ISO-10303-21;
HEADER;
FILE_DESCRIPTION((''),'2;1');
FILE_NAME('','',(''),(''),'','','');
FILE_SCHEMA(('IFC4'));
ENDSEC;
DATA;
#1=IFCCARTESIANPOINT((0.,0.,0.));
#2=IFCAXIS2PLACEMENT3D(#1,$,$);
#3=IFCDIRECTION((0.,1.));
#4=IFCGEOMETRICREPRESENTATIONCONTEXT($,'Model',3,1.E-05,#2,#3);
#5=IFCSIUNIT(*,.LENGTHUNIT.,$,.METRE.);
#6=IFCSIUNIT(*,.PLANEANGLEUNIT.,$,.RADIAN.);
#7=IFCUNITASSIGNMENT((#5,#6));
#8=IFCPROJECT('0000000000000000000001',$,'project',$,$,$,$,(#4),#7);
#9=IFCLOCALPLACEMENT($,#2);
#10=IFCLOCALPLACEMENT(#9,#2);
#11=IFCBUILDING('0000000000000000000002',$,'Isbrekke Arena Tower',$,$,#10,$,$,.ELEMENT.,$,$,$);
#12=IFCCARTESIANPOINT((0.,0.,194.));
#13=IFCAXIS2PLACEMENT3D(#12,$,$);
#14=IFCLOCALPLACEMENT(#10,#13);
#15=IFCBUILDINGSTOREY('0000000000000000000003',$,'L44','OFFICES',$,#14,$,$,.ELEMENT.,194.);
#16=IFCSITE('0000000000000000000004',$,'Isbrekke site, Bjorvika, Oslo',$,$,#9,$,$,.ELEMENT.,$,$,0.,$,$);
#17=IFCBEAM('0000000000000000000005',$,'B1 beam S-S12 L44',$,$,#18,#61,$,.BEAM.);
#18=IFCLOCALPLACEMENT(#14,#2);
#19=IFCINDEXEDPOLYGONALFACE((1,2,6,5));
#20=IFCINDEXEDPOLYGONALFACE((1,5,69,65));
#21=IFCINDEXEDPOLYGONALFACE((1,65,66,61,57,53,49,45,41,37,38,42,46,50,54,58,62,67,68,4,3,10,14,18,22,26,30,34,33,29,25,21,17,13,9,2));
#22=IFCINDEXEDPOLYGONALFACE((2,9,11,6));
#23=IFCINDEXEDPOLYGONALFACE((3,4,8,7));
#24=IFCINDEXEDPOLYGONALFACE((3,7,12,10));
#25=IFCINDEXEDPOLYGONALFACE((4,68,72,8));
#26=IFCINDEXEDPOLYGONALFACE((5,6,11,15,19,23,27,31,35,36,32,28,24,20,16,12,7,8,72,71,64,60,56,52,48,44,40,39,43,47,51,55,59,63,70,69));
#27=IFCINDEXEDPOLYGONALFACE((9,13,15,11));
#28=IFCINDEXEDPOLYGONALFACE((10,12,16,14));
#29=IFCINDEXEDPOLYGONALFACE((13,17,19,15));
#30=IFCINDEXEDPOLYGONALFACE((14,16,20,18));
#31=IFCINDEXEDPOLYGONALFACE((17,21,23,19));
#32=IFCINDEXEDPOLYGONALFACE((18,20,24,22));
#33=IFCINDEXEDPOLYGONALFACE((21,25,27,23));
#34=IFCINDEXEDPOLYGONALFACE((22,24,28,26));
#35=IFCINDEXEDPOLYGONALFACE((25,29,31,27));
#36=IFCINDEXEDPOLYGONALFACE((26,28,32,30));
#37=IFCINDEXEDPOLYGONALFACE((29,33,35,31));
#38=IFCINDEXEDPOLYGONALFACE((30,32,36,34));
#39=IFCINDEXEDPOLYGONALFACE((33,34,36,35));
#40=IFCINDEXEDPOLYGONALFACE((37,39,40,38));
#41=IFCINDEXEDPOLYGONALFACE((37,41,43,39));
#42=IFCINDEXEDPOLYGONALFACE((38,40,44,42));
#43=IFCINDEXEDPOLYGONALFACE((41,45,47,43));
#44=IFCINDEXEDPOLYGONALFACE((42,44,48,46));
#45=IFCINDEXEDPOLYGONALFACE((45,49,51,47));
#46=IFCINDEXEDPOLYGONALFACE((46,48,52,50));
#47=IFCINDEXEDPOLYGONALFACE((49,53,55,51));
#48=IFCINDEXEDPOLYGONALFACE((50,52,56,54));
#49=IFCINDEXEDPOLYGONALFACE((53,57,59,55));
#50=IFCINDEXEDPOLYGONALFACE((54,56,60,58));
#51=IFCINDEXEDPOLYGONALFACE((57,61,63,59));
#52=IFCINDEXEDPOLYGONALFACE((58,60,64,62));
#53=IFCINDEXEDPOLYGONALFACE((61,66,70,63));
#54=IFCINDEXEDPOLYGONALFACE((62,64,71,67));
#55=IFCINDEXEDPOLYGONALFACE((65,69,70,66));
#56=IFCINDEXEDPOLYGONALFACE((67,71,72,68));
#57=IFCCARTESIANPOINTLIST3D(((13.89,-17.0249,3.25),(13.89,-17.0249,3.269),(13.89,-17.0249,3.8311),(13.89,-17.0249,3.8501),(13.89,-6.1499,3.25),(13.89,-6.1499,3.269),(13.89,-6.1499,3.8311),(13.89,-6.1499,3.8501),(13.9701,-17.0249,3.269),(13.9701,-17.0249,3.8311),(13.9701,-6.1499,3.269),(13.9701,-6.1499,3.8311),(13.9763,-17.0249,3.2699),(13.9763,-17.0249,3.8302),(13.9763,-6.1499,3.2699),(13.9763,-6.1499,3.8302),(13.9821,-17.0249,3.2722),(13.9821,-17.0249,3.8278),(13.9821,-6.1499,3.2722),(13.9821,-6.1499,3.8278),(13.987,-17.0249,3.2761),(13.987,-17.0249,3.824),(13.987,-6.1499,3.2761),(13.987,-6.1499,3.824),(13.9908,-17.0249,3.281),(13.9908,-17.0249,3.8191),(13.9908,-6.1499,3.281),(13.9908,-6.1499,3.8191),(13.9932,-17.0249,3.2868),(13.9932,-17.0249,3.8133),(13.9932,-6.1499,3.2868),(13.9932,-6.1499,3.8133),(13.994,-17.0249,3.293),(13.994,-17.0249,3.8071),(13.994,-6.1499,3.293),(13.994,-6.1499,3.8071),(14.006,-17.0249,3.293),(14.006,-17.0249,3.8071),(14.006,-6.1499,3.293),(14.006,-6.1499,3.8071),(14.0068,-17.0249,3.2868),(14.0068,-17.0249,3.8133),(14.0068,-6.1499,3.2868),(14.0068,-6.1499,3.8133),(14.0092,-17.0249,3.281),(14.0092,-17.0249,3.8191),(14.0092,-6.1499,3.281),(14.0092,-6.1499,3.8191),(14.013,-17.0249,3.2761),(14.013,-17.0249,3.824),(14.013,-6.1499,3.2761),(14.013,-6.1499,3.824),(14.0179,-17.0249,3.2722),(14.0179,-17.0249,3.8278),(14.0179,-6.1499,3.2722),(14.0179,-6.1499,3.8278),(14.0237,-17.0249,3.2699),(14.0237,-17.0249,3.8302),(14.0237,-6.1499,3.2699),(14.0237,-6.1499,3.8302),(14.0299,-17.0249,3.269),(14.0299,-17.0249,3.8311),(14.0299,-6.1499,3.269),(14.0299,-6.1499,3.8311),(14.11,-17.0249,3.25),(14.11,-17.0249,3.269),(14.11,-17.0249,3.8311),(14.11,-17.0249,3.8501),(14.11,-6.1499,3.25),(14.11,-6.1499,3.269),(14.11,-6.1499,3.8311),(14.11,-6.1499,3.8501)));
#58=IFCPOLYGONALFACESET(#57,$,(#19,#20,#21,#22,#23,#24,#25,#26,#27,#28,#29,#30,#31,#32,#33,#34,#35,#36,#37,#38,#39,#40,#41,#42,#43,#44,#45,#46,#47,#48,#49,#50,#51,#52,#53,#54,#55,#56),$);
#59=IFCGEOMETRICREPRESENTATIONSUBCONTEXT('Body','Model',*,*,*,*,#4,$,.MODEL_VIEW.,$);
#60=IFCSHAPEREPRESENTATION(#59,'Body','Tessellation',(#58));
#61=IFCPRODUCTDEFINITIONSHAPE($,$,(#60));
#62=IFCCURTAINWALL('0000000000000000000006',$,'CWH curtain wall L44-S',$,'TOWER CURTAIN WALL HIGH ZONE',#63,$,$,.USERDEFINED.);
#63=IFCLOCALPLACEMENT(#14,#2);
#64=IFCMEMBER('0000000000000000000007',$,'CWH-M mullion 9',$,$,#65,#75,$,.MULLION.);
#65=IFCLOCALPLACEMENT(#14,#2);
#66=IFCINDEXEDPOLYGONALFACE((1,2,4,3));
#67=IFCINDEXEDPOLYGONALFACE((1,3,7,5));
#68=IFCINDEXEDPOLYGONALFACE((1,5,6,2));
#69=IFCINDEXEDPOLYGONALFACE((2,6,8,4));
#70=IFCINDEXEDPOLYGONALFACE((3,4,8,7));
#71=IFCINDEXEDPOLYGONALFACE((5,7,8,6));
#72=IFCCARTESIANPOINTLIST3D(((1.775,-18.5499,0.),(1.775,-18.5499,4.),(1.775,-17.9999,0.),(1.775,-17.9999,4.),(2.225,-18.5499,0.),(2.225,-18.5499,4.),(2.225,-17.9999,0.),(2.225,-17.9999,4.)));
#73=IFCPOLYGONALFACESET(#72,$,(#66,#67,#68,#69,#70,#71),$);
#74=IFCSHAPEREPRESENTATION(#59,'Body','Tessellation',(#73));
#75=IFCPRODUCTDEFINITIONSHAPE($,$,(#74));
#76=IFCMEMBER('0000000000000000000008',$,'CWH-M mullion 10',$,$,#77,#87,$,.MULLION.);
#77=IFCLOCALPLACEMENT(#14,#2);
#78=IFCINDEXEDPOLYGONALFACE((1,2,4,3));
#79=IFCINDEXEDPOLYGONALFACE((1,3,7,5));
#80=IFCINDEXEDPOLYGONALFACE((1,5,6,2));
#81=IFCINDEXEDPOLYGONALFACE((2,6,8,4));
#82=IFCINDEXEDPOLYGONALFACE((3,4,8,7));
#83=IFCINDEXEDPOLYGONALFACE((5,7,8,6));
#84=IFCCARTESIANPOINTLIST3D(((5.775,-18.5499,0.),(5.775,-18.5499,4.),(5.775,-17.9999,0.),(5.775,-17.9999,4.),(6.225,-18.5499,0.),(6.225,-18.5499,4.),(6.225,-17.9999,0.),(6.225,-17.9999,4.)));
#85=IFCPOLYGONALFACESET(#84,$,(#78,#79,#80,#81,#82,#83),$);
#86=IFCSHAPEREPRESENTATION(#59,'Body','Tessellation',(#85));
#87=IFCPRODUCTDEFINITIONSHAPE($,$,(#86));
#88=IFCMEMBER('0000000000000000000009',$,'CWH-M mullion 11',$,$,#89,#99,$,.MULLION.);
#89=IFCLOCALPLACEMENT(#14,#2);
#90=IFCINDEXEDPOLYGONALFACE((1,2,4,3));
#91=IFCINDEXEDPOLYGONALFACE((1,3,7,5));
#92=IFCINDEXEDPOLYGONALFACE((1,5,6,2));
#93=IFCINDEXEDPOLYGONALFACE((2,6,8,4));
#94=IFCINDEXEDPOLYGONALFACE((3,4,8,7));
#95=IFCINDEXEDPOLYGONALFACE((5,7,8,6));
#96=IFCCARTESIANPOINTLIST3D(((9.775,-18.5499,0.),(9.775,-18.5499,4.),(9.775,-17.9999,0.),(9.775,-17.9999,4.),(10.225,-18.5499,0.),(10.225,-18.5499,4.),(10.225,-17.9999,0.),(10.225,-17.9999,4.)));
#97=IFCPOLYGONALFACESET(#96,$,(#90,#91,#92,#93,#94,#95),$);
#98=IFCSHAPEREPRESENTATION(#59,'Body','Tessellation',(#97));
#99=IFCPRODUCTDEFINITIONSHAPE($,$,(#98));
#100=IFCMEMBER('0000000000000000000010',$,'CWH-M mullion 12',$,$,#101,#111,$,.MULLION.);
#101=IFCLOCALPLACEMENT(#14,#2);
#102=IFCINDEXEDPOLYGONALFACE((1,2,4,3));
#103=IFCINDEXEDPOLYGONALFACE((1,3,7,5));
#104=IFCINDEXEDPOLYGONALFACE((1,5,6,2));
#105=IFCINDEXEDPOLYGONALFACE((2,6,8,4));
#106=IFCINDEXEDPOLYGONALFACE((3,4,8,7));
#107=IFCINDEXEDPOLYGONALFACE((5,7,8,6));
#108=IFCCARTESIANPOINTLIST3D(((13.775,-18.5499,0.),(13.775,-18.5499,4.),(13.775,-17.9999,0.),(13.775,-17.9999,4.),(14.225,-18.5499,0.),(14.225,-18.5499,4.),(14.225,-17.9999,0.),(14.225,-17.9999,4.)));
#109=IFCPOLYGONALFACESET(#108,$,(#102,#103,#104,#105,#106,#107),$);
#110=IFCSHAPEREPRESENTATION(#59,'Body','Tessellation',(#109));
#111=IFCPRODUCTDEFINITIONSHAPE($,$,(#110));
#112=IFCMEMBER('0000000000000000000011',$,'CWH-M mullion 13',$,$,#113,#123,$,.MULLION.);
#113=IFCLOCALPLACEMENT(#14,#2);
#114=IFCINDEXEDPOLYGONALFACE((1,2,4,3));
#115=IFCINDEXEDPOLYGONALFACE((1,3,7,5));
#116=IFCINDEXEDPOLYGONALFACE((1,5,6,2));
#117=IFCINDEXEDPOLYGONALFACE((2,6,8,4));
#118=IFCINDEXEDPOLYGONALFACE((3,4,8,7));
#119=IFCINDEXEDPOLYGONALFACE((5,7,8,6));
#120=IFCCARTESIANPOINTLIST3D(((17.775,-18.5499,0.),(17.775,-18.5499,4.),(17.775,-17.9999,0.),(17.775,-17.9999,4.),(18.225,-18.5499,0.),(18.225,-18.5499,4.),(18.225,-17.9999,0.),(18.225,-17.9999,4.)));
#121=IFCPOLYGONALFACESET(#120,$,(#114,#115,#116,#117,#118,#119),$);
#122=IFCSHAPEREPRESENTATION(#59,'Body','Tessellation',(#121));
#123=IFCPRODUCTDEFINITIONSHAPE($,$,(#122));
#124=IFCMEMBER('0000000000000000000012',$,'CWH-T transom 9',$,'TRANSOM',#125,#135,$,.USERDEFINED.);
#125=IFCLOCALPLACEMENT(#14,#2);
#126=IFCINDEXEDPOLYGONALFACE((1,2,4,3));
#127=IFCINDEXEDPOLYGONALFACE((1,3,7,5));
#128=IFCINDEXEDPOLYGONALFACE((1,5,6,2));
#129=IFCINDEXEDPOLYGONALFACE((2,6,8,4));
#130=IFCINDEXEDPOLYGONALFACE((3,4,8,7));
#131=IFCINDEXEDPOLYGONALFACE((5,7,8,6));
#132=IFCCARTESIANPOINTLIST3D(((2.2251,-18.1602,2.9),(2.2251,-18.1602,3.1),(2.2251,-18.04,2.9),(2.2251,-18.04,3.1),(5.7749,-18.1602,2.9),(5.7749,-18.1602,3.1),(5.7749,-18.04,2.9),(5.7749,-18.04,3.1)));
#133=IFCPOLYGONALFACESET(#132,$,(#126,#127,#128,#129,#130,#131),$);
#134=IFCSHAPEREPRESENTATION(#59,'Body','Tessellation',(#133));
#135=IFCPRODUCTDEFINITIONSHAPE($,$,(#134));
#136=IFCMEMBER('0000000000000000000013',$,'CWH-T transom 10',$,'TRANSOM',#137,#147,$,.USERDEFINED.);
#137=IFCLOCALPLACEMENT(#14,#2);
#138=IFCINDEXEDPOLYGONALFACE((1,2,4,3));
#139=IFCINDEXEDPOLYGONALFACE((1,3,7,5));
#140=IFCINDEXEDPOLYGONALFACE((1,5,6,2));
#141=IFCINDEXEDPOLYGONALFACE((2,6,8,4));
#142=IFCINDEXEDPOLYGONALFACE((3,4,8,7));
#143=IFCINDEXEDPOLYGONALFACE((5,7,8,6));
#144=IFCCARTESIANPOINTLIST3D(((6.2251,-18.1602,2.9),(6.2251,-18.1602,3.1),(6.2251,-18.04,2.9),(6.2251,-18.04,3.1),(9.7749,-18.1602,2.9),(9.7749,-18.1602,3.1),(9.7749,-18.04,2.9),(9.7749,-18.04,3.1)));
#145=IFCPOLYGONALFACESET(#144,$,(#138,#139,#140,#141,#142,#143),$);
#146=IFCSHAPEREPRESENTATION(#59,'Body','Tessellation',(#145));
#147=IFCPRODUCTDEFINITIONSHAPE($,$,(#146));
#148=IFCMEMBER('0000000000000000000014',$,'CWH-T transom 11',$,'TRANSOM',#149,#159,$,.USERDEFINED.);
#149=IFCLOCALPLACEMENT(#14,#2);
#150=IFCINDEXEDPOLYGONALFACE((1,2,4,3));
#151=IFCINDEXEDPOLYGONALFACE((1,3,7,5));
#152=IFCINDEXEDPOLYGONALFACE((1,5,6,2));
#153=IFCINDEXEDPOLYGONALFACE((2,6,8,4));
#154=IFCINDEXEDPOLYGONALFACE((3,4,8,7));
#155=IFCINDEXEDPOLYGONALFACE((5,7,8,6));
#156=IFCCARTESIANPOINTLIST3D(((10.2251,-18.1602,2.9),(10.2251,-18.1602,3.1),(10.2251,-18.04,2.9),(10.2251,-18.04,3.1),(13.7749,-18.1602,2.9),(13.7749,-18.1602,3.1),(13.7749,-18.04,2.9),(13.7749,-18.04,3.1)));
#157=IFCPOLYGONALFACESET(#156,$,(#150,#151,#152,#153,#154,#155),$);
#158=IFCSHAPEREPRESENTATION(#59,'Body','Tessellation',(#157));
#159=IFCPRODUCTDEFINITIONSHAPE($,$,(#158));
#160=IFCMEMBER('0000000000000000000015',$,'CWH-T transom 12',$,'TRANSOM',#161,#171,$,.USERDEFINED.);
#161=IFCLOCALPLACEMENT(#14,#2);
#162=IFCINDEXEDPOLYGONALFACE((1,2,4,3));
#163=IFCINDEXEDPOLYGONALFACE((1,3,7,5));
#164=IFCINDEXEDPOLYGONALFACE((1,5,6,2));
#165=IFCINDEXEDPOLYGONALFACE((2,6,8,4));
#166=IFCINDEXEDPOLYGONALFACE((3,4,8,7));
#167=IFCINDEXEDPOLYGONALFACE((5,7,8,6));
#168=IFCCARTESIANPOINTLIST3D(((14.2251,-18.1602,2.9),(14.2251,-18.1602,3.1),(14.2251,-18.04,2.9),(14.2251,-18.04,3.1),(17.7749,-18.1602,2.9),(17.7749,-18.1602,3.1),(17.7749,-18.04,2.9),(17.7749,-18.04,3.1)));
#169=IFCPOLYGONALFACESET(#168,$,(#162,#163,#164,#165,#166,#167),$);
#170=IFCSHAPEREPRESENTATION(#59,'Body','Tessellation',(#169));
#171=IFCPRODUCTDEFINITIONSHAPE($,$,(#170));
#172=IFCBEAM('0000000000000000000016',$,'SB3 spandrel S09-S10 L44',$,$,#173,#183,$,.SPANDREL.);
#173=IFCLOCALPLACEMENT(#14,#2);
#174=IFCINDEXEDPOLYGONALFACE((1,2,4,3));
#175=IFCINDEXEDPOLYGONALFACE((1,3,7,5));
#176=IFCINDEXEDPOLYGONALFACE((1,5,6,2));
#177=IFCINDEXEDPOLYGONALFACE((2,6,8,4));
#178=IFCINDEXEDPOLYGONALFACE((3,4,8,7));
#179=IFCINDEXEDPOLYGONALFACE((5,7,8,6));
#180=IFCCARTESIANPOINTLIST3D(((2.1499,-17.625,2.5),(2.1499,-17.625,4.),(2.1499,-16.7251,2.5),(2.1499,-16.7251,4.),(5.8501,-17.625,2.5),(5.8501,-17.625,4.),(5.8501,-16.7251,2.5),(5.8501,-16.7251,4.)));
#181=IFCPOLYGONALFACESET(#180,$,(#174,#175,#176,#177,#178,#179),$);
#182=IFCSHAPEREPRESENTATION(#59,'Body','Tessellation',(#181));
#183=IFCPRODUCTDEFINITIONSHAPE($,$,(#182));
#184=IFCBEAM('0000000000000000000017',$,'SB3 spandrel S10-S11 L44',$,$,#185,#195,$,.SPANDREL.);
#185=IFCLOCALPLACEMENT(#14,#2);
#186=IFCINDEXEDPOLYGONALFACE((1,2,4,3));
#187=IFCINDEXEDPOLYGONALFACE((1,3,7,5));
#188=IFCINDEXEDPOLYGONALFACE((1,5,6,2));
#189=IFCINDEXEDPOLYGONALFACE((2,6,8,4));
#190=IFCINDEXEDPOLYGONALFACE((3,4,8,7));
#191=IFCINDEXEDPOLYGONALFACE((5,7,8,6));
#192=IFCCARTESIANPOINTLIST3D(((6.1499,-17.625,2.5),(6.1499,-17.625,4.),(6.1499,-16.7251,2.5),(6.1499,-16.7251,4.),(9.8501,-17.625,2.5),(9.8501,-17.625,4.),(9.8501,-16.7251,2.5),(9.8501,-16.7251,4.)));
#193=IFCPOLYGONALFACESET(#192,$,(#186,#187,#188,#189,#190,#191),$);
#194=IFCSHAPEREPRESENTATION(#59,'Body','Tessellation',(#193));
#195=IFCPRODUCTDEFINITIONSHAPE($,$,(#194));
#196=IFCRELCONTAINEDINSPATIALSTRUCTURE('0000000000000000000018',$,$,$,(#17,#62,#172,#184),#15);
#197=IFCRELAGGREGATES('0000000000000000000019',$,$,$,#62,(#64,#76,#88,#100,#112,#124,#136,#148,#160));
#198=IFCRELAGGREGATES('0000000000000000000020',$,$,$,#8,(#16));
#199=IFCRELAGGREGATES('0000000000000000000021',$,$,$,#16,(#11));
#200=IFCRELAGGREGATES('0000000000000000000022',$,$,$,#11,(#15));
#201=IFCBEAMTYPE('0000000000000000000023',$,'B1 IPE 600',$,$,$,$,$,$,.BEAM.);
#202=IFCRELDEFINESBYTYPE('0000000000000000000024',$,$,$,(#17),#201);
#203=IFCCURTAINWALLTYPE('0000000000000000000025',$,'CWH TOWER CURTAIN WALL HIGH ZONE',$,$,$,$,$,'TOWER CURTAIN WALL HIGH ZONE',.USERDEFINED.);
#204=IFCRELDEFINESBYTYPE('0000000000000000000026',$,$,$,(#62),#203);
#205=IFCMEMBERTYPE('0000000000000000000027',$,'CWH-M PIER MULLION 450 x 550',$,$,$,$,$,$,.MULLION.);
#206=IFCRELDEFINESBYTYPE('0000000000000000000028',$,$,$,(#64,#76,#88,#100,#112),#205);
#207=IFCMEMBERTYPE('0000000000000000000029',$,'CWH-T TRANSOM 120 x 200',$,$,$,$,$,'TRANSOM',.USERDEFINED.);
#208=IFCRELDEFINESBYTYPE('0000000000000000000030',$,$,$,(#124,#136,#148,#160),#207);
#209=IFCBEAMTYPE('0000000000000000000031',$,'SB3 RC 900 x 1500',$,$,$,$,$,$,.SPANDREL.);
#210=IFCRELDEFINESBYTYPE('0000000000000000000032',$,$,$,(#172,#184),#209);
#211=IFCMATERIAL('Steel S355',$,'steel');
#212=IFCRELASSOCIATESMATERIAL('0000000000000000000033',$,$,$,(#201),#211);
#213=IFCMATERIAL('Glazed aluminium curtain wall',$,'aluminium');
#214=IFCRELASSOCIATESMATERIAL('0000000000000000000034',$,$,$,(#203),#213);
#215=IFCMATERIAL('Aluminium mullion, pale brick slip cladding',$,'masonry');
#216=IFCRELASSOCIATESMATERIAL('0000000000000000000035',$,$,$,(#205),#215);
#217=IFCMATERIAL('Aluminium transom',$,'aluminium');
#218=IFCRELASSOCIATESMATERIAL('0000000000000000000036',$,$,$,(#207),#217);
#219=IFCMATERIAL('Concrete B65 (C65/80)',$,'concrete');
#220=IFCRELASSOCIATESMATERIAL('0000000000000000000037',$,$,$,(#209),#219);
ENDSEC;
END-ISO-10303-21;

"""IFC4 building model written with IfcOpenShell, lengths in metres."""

from ifc_helpers import new_model, si_unit, direction, frame, origin, origin_2d, place, context, subcontext, project, spatial, rectangle, i_section, extrude, material, material_profile, profile_set, type_object, element, aggregate, save


model = new_model("IFC4")

# Units and contexts
model_context = context("Model", 3, precision=1e-05, world=origin(), true_north=direction((0.0, 1.0)))
body_context = subcontext(model_context, "Body", "Model", "MODEL_VIEW")
ifc_project = project(units=[si_unit("LENGTHUNIT", "METRE"), si_unit("PLANEANGLEUNIT", "RADIAN")], contexts=[model_context])

# Site, building, storey
site_placement = place(None, origin())
site = spatial("IfcSite", under=ifc_project, at=site_placement, Name="Isbrekke site, Bjorvika, Oslo", CompositionType="ELEMENT", RefElevation=0.0)
building_placement = place(site_placement, origin())
building = spatial("IfcBuilding", under=site, at=building_placement, Name="Isbrekke Arena Tower", CompositionType="ELEMENT")
storey_placement = place(building_placement, frame((0.0, 0.0, 194.0)))
storey = spatial("IfcBuildingStorey", under=building, at=storey_placement, Name="L44", Description="OFFICES", CompositionType="ELEMENT", Elevation=194.0)

# Beam
ifc_material_1 = material(Name="Steel S355", Category="steel")
ifc_material_profile_1 = material_profile(ifc_material_1, i_section(OverallWidth=0.22, OverallDepth=0.6001, WebThickness=0.012, FlangeThickness=0.019, FilletRadius=0.0239, at=origin_2d()), Name="IPE 600")
ifc_profile_set_1 = profile_set([ifc_material_profile_1], Name="Steel S355")
beam_type_1 = type_object("IfcBeamType", Name="B1 IPE 600", PredefinedType="BEAM", material=ifc_profile_set_1)
beam_placement = place(storey_placement, frame((14.0, -17.0249, 3.55), z_axis=(0.0, 1.0, 0.0), x_axis=(-1.0, 0.0, 0.0)))
element("IfcBeam", 1, at=beam_placement, inside=storey, type_object=beam_type_1, Name="B1 beam S-S12 L44", PredefinedType="BEAM", context=body_context, shape_type="SweptSolid", body=[
    extrude(i_section(OverallWidth=0.22, OverallDepth=0.6001, WebThickness=0.012, FlangeThickness=0.019, FilletRadius=0.0239, at=origin_2d()), origin(), (0.0, 0.0, 1.0), 10.875),
])

# Curtain wall, members
ifc_material_2 = material(Name="Glazed aluminium curtain wall", Category="aluminium")
curtain_wall_type = type_object("IfcCurtainWallType", Name="CWH TOWER CURTAIN WALL HIGH ZONE", ElementType="TOWER CURTAIN WALL HIGH ZONE", PredefinedType="USERDEFINED", material=ifc_material_2)
curtain_wall_placement = place(storey_placement, origin())
curtain_wall = element("IfcCurtainWall", 2, at=curtain_wall_placement, inside=storey, type_object=curtain_wall_type, Name="CWH curtain wall L44-S", ObjectType="TOWER CURTAIN WALL HIGH ZONE", PredefinedType="USERDEFINED")
ifc_material_3 = material(Name="Aluminium mullion, pale brick slip cladding", Category="masonry")
ifc_material_profile_2 = material_profile(ifc_material_3, rectangle(XDim=0.45, YDim=0.55, at=origin_2d()), Name="PIER 450X550")
ifc_profile_set_2 = profile_set([ifc_material_profile_2], Name="Aluminium mullion, pale brick slip cladding")
member_type_1 = type_object("IfcMemberType", Name="CWH-M PIER MULLION 450 x 550", PredefinedType="MULLION", material=ifc_profile_set_2)
member_1_placement = place(storey_placement, frame((2.0, -18.2749, 0.0), z_axis=(0.0, 0.0, 1.0), x_axis=(1.0, 0.0, 0.0)))
member_1 = element("IfcMember", 3, at=member_1_placement, type_object=member_type_1, Name="CWH-M mullion 9", PredefinedType="MULLION", context=body_context, shape_type="SweptSolid", body=[
    extrude(rectangle(XDim=0.45, YDim=0.55, at=origin_2d()), origin(), (0.0, 0.0, 1.0), 4.0),
])
member_2_placement = place(storey_placement, frame((6.0, -18.2749, 0.0), z_axis=(0.0, 0.0, 1.0), x_axis=(1.0, 0.0, 0.0)))
member_2 = element("IfcMember", 4, at=member_2_placement, type_object=member_type_1, Name="CWH-M mullion 10", PredefinedType="MULLION", context=body_context, shape_type="SweptSolid", body=[
    extrude(rectangle(XDim=0.45, YDim=0.55, at=origin_2d()), origin(), (0.0, 0.0, 1.0), 4.0),
])
member_3_placement = place(storey_placement, frame((10.0, -18.2749, 0.0), z_axis=(0.0, 0.0, 1.0), x_axis=(1.0, 0.0, 0.0)))
member_3 = element("IfcMember", 5, at=member_3_placement, type_object=member_type_1, Name="CWH-M mullion 11", PredefinedType="MULLION", context=body_context, shape_type="SweptSolid", body=[
    extrude(rectangle(XDim=0.45, YDim=0.55, at=origin_2d()), origin(), (0.0, 0.0, 1.0), 4.0),
])
member_4_placement = place(storey_placement, frame((14.0, -18.2749, 0.0), z_axis=(0.0, 0.0, 1.0), x_axis=(1.0, 0.0, 0.0)))
member_4 = element("IfcMember", 6, at=member_4_placement, type_object=member_type_1, Name="CWH-M mullion 12", PredefinedType="MULLION", context=body_context, shape_type="SweptSolid", body=[
    extrude(rectangle(XDim=0.45, YDim=0.55, at=origin_2d()), origin(), (0.0, 0.0, 1.0), 4.0),
])
member_5_placement = place(storey_placement, frame((18.0, -18.2749, 0.0), z_axis=(0.0, 0.0, 1.0), x_axis=(1.0, 0.0, 0.0)))
member_5 = element("IfcMember", 7, at=member_5_placement, type_object=member_type_1, Name="CWH-M mullion 13", PredefinedType="MULLION", context=body_context, shape_type="SweptSolid", body=[
    extrude(rectangle(XDim=0.45, YDim=0.55, at=origin_2d()), origin(), (0.0, 0.0, 1.0), 4.0),
])
ifc_material_4 = material(Name="Aluminium transom", Category="aluminium")
ifc_material_profile_3 = material_profile(ifc_material_4, rectangle(XDim=0.1201, YDim=0.2, at=origin_2d()), Name="TRANSOM 120X200")
ifc_profile_set_3 = profile_set([ifc_material_profile_3], Name="Aluminium transom")
member_type_2 = type_object("IfcMemberType", Name="CWH-T TRANSOM 120 x 200", ElementType="TRANSOM", PredefinedType="USERDEFINED", material=ifc_profile_set_3)
member_6_placement = place(storey_placement, frame((2.2251, -18.1001, 3.0), z_axis=(1.0, 0.0, 0.0), x_axis=(0.0, 1.0, 0.0)))
member_6 = element("IfcMember", 8, at=member_6_placement, type_object=member_type_2, Name="CWH-T transom 9", ObjectType="TRANSOM", PredefinedType="USERDEFINED", context=body_context, shape_type="SweptSolid", body=[
    extrude(rectangle(XDim=0.1201, YDim=0.2, at=origin_2d()), origin(), (0.0, 0.0, 1.0), 3.5498),
])
member_7_placement = place(storey_placement, frame((6.2251, -18.1001, 3.0), z_axis=(1.0, 0.0, 0.0), x_axis=(0.0, 1.0, 0.0)))
member_7 = element("IfcMember", 9, at=member_7_placement, type_object=member_type_2, Name="CWH-T transom 10", ObjectType="TRANSOM", PredefinedType="USERDEFINED", context=body_context, shape_type="SweptSolid", body=[
    extrude(rectangle(XDim=0.1201, YDim=0.2, at=origin_2d()), origin(), (0.0, 0.0, 1.0), 3.5498),
])
member_8_placement = place(storey_placement, frame((10.2251, -18.1001, 3.0), z_axis=(1.0, 0.0, 0.0), x_axis=(0.0, 1.0, 0.0)))
member_8 = element("IfcMember", 10, at=member_8_placement, type_object=member_type_2, Name="CWH-T transom 11", ObjectType="TRANSOM", PredefinedType="USERDEFINED", context=body_context, shape_type="SweptSolid", body=[
    extrude(rectangle(XDim=0.1201, YDim=0.2, at=origin_2d()), origin(), (0.0, 0.0, 1.0), 3.5498),
])
member_9_placement = place(storey_placement, frame((14.2251, -18.1001, 3.0), z_axis=(1.0, 0.0, 0.0), x_axis=(0.0, 1.0, 0.0)))
member_9 = element("IfcMember", 11, at=member_9_placement, type_object=member_type_2, Name="CWH-T transom 12", ObjectType="TRANSOM", PredefinedType="USERDEFINED", context=body_context, shape_type="SweptSolid", body=[
    extrude(rectangle(XDim=0.1201, YDim=0.2, at=origin_2d()), origin(), (0.0, 0.0, 1.0), 3.5498),
])

# Beams
ifc_material_5 = material(Name="Concrete B65 (C65/80)", Category="concrete")
ifc_material_profile_4 = material_profile(ifc_material_5, rectangle(XDim=0.8999, YDim=1.5, at=origin_2d()), Name="RC 900x1500")
ifc_profile_set_4 = profile_set([ifc_material_profile_4], Name="Concrete B65 (C65/80)")
beam_type_2 = type_object("IfcBeamType", Name="SB3 RC 900 x 1500", PredefinedType="SPANDREL", material=ifc_profile_set_4)
for number, where, z_axis, x_axis, name in (
    (12, (2.1499, -17.175, 3.25), (1.0, 0.0, 0.0), (0.0, 1.0, 0.0), "SB3 spandrel S09-S10 L44"),
    (13, (6.1499, -17.175, 3.25), (1.0, 0.0, 0.0), (0.0, 1.0, 0.0), "SB3 spandrel S10-S11 L44"),
):
    element("IfcBeam", number, at=place(storey_placement, frame(where, z_axis=z_axis, x_axis=x_axis)), inside=storey, type_object=beam_type_2, Name=name, PredefinedType="SPANDREL", context=body_context, shape_type="SweptSolid", body=[
        extrude(rectangle(XDim=0.8999, YDim=1.5, at=origin_2d()), origin(), (0.0, 0.0, 1.0), 3.7002),
    ])

aggregate(curtain_wall, [member_1, member_2, member_3, member_4, member_5, member_6, member_7, member_8, member_9])

save(model, "model.ifc")
